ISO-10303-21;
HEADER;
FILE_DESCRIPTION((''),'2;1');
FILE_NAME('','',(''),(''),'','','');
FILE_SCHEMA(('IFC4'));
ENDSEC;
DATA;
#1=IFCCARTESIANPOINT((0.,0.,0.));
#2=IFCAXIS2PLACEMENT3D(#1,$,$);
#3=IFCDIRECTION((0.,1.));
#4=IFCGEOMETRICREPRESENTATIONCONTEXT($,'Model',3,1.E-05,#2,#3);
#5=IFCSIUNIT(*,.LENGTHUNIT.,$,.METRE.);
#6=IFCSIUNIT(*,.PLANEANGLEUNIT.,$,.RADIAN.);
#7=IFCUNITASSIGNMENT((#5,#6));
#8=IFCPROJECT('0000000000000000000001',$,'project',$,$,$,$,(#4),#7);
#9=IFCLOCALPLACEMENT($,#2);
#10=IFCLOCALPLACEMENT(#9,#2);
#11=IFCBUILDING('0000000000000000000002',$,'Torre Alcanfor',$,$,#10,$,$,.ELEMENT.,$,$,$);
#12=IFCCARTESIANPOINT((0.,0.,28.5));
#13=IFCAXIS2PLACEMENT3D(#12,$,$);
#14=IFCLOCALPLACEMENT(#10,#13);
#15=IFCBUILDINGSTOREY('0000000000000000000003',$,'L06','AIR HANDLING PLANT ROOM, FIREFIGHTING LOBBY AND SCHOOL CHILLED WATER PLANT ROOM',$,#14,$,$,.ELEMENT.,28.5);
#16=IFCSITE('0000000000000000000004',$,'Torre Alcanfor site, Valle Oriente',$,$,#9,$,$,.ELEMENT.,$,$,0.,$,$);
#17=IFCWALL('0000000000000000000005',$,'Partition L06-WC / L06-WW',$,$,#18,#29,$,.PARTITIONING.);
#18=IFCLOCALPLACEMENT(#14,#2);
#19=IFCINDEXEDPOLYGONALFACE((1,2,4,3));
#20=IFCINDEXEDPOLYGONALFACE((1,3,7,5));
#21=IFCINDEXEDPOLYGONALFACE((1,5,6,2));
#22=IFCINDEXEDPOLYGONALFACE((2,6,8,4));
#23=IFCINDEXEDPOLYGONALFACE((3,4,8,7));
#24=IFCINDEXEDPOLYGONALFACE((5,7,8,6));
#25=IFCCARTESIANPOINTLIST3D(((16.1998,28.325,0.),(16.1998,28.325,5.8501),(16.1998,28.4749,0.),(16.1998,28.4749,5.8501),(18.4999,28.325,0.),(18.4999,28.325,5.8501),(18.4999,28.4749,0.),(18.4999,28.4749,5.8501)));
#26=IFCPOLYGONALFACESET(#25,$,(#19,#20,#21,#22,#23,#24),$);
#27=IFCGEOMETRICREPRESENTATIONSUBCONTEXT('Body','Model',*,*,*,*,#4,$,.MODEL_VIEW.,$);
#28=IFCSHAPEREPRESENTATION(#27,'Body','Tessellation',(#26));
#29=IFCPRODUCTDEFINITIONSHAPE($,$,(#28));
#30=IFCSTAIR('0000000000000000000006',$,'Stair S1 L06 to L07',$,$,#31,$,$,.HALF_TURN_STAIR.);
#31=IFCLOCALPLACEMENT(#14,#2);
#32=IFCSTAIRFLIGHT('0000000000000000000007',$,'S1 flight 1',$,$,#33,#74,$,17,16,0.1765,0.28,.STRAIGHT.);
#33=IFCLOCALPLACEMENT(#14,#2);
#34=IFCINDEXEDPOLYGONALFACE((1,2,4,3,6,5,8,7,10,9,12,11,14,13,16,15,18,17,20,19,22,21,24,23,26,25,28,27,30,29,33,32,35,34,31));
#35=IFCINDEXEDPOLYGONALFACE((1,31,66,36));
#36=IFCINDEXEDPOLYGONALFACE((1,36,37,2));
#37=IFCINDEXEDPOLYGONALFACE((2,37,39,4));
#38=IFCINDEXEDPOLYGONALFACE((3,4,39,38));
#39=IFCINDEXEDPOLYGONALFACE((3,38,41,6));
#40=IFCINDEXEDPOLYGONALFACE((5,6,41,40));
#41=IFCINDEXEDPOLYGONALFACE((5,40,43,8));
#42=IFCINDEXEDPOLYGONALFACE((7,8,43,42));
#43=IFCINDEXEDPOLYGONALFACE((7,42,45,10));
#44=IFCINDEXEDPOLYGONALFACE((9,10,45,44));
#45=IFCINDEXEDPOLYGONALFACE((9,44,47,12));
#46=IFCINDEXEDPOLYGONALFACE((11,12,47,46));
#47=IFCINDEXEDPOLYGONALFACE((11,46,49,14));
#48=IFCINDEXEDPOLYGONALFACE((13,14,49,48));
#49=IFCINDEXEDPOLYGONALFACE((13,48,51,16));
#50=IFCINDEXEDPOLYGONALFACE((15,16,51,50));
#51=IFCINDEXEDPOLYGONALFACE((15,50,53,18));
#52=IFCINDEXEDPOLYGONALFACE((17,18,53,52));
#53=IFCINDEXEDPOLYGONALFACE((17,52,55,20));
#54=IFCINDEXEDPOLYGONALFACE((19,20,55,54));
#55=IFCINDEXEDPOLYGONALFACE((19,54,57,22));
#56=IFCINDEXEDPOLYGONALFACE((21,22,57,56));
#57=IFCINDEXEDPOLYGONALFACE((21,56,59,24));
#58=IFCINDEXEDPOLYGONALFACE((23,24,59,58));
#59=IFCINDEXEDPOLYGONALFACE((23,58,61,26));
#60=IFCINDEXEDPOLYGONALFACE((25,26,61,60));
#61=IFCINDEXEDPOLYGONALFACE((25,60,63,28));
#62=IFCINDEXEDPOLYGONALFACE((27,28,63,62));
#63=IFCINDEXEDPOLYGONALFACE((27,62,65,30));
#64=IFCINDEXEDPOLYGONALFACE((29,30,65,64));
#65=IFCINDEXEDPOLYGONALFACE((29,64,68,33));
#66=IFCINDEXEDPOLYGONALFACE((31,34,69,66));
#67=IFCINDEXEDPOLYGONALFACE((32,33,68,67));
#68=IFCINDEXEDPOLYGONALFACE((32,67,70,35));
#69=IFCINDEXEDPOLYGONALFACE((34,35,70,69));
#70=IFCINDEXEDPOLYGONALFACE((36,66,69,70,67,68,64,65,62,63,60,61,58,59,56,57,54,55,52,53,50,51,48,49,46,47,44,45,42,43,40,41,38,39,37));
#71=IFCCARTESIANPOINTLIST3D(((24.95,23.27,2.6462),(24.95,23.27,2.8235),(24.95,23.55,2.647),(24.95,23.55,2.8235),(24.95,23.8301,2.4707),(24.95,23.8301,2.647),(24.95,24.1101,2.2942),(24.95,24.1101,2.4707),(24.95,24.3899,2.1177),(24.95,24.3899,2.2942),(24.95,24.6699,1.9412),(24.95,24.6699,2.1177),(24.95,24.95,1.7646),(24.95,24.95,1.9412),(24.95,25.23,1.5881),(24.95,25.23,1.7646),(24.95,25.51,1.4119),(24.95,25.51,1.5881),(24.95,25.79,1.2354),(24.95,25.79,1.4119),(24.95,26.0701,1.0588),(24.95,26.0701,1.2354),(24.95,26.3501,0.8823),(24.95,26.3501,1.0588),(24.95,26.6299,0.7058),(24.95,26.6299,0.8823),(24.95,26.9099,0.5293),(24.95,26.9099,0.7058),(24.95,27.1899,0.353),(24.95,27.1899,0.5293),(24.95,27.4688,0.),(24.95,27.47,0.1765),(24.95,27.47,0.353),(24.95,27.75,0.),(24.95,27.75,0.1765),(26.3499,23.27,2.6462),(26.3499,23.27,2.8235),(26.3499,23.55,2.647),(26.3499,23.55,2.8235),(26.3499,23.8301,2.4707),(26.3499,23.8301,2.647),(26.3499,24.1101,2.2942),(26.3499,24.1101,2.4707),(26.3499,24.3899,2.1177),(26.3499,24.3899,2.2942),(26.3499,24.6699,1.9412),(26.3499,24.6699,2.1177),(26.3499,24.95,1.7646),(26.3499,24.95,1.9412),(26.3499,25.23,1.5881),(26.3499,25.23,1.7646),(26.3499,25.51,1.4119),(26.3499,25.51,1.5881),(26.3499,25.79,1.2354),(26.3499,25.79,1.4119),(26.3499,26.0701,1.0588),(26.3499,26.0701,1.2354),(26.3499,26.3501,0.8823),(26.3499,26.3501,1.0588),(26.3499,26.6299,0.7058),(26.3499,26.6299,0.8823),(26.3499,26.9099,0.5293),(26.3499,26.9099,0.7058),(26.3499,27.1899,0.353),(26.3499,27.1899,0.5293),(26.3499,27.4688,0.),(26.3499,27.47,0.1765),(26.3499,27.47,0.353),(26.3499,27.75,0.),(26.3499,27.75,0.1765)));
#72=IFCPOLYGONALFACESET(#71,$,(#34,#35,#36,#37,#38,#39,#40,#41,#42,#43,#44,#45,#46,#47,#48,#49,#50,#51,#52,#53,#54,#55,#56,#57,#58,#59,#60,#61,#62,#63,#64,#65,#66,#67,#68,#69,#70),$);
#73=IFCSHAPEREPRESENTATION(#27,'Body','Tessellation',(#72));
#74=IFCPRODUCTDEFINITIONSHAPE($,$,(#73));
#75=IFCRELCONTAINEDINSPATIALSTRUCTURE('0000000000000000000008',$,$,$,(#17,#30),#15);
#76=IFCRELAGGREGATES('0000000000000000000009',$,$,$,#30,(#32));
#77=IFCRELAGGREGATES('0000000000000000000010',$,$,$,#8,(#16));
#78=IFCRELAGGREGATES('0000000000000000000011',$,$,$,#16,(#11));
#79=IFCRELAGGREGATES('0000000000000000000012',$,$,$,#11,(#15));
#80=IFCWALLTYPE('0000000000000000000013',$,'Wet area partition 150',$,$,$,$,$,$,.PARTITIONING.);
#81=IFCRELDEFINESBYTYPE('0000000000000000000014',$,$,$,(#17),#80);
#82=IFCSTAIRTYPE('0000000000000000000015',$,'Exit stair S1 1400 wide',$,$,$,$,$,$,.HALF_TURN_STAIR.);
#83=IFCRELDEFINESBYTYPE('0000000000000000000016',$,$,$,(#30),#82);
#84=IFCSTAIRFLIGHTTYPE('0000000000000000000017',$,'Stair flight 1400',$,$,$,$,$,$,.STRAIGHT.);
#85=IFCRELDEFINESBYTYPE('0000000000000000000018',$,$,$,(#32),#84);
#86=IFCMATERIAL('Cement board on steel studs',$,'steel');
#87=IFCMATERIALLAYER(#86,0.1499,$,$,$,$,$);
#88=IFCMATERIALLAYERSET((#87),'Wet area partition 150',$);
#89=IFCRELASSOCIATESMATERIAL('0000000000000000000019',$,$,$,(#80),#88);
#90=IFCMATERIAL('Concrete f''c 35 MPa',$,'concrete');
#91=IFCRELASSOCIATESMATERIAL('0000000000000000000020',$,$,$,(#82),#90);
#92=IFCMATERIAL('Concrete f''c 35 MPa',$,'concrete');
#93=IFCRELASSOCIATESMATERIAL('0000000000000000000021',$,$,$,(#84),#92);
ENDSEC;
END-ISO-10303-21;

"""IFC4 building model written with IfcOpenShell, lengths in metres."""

from ifc_helpers import new_model, si_unit, direction, frame, frame_2d, origin, place, context, subcontext, project, spatial, polyline, rectangle, outline, extrude, material, layer, layer_set, type_object, element, aggregate, save


model = new_model("IFC4")

# Units and contexts
model_context = context("Model", 3, precision=1e-05, world=origin(), true_north=direction((0.0, 1.0)))
body_context = subcontext(model_context, "Body", "Model", "MODEL_VIEW")
ifc_project = project(units=[si_unit("LENGTHUNIT", "METRE"), si_unit("PLANEANGLEUNIT", "RADIAN")], contexts=[model_context])

# Site, building, storey
site_placement = place(None, origin())
site = spatial("IfcSite", under=ifc_project, at=site_placement, Name="Torre Alcanfor site, Valle Oriente", CompositionType="ELEMENT", RefElevation=0.0)
building_placement = place(site_placement, origin())
building = spatial("IfcBuilding", under=site, at=building_placement, Name="Torre Alcanfor", CompositionType="ELEMENT")
storey_placement = place(building_placement, frame((0.0, 0.0, 28.5)))
storey = spatial("IfcBuildingStorey", under=building, at=storey_placement, Name="L06", Description="AIR HANDLING PLANT ROOM, FIREFIGHTING LOBBY AND SCHOOL CHILLED WATER PLANT ROOM", CompositionType="ELEMENT", Elevation=28.5)

# Shared definitions
ifc_material_1 = material(Name="Cement board on steel studs", Category="steel")
ifc_layer_1 = layer(ifc_material_1, 0.1499)
ifc_layer_set_1 = layer_set([ifc_layer_1], Name="Wet area partition 150")
wall_type_1 = type_object("IfcWallType", Name="Wet area partition 150", PredefinedType="PARTITIONING", material=ifc_layer_set_1)

# Wall
wall_1_placement = place(storey_placement, frame((16.2, 28.3999, 0.0), z_axis=(0.0, 0.0, 1.0), x_axis=(1.0, 0.0, 0.0)))
element("IfcWall", 1, at=wall_1_placement, inside=storey, type_object=wall_type_1, Name="Partition L06-WC / L06-WW", PredefinedType="PARTITIONING", context=body_context, shape_type="SweptSolid", body=[
    extrude(rectangle(XDim=2.3, YDim=0.1499, at=frame_2d((1.1499, 0.0))), origin(), (0.0, 0.0, 1.0), 5.8501),
])

# Stair, stair flight
ifc_material_2 = material(Name="Concrete f'c 35 MPa", Category="concrete")
stair_type = type_object("IfcStairType", Name="Exit stair S1 1400 wide", PredefinedType="HALF_TURN_STAIR", material=ifc_material_2)
stair_placement = place(storey_placement, origin())
stair = element("IfcStair", 2, at=stair_placement, inside=storey, type_object=stair_type, Name="Stair S1 L06 to L07", PredefinedType="HALF_TURN_STAIR")
ifc_material_3 = material(Name="Concrete f'c 35 MPa", Category="concrete")
stair_flight_type = type_object("IfcStairFlightType", Name="Stair flight 1400", PredefinedType="STRAIGHT", material=ifc_material_3)
stair_flight_placement = place(storey_placement, frame((25.6499, 27.75, 0.0), z_axis=(0.0, 0.0, 1.0), x_axis=(0.0, -1.0, 0.0)))
stair_flight = element("IfcStairFlight", 3, at=stair_flight_placement, type_object=stair_flight_type, Name="S1 flight 1", NumberOfRisers=17, NumberOfTreads=16, PredefinedType="STRAIGHT", RiserHeight=0.1765, TreadLength=0.28, context=body_context, shape_type="SweptSolid", body=[
    extrude(outline(polyline([(0.0, 0.0), (0.0, 0.1765), (0.28, 0.1765), (0.28, 0.353), (0.5601, 0.353), (0.5601, 0.5293), (0.8401, 0.5293), (0.8401, 0.7058), (1.1201, 0.7058), (1.1201, 0.8823), (1.3999, 0.8823), (1.3999, 1.0588), (1.6799, 1.0588), (1.6799, 1.2354), (1.96, 1.2354), (1.96, 1.4119), (2.24, 1.4119), (2.24, 1.5881), (2.52, 1.5881), (2.52, 1.7646), (2.8, 1.7646), (2.8, 1.9412), (3.0801, 1.9412), (3.0801, 2.1177), (3.3601, 2.1177), (3.3601, 2.2942), (3.6399, 2.2942), (3.6399, 2.4707), (3.9199, 2.4707), (3.9199, 2.647), (4.2, 2.647), (4.2, 2.8235), (4.48, 2.8235), (4.48, 3.0), (4.48, 2.6462), (0.2812, 0.0), (0.0, 0.0)])), frame((0.0, 0.7, 0.0), z_axis=(0.0, -1.0, 0.0), x_axis=(1.0, 0.0, 0.0)), (0.0, 0.0, 1.0), 1.3999),
])
aggregate(stair, [stair_flight])

save(model, "model.ifc")
